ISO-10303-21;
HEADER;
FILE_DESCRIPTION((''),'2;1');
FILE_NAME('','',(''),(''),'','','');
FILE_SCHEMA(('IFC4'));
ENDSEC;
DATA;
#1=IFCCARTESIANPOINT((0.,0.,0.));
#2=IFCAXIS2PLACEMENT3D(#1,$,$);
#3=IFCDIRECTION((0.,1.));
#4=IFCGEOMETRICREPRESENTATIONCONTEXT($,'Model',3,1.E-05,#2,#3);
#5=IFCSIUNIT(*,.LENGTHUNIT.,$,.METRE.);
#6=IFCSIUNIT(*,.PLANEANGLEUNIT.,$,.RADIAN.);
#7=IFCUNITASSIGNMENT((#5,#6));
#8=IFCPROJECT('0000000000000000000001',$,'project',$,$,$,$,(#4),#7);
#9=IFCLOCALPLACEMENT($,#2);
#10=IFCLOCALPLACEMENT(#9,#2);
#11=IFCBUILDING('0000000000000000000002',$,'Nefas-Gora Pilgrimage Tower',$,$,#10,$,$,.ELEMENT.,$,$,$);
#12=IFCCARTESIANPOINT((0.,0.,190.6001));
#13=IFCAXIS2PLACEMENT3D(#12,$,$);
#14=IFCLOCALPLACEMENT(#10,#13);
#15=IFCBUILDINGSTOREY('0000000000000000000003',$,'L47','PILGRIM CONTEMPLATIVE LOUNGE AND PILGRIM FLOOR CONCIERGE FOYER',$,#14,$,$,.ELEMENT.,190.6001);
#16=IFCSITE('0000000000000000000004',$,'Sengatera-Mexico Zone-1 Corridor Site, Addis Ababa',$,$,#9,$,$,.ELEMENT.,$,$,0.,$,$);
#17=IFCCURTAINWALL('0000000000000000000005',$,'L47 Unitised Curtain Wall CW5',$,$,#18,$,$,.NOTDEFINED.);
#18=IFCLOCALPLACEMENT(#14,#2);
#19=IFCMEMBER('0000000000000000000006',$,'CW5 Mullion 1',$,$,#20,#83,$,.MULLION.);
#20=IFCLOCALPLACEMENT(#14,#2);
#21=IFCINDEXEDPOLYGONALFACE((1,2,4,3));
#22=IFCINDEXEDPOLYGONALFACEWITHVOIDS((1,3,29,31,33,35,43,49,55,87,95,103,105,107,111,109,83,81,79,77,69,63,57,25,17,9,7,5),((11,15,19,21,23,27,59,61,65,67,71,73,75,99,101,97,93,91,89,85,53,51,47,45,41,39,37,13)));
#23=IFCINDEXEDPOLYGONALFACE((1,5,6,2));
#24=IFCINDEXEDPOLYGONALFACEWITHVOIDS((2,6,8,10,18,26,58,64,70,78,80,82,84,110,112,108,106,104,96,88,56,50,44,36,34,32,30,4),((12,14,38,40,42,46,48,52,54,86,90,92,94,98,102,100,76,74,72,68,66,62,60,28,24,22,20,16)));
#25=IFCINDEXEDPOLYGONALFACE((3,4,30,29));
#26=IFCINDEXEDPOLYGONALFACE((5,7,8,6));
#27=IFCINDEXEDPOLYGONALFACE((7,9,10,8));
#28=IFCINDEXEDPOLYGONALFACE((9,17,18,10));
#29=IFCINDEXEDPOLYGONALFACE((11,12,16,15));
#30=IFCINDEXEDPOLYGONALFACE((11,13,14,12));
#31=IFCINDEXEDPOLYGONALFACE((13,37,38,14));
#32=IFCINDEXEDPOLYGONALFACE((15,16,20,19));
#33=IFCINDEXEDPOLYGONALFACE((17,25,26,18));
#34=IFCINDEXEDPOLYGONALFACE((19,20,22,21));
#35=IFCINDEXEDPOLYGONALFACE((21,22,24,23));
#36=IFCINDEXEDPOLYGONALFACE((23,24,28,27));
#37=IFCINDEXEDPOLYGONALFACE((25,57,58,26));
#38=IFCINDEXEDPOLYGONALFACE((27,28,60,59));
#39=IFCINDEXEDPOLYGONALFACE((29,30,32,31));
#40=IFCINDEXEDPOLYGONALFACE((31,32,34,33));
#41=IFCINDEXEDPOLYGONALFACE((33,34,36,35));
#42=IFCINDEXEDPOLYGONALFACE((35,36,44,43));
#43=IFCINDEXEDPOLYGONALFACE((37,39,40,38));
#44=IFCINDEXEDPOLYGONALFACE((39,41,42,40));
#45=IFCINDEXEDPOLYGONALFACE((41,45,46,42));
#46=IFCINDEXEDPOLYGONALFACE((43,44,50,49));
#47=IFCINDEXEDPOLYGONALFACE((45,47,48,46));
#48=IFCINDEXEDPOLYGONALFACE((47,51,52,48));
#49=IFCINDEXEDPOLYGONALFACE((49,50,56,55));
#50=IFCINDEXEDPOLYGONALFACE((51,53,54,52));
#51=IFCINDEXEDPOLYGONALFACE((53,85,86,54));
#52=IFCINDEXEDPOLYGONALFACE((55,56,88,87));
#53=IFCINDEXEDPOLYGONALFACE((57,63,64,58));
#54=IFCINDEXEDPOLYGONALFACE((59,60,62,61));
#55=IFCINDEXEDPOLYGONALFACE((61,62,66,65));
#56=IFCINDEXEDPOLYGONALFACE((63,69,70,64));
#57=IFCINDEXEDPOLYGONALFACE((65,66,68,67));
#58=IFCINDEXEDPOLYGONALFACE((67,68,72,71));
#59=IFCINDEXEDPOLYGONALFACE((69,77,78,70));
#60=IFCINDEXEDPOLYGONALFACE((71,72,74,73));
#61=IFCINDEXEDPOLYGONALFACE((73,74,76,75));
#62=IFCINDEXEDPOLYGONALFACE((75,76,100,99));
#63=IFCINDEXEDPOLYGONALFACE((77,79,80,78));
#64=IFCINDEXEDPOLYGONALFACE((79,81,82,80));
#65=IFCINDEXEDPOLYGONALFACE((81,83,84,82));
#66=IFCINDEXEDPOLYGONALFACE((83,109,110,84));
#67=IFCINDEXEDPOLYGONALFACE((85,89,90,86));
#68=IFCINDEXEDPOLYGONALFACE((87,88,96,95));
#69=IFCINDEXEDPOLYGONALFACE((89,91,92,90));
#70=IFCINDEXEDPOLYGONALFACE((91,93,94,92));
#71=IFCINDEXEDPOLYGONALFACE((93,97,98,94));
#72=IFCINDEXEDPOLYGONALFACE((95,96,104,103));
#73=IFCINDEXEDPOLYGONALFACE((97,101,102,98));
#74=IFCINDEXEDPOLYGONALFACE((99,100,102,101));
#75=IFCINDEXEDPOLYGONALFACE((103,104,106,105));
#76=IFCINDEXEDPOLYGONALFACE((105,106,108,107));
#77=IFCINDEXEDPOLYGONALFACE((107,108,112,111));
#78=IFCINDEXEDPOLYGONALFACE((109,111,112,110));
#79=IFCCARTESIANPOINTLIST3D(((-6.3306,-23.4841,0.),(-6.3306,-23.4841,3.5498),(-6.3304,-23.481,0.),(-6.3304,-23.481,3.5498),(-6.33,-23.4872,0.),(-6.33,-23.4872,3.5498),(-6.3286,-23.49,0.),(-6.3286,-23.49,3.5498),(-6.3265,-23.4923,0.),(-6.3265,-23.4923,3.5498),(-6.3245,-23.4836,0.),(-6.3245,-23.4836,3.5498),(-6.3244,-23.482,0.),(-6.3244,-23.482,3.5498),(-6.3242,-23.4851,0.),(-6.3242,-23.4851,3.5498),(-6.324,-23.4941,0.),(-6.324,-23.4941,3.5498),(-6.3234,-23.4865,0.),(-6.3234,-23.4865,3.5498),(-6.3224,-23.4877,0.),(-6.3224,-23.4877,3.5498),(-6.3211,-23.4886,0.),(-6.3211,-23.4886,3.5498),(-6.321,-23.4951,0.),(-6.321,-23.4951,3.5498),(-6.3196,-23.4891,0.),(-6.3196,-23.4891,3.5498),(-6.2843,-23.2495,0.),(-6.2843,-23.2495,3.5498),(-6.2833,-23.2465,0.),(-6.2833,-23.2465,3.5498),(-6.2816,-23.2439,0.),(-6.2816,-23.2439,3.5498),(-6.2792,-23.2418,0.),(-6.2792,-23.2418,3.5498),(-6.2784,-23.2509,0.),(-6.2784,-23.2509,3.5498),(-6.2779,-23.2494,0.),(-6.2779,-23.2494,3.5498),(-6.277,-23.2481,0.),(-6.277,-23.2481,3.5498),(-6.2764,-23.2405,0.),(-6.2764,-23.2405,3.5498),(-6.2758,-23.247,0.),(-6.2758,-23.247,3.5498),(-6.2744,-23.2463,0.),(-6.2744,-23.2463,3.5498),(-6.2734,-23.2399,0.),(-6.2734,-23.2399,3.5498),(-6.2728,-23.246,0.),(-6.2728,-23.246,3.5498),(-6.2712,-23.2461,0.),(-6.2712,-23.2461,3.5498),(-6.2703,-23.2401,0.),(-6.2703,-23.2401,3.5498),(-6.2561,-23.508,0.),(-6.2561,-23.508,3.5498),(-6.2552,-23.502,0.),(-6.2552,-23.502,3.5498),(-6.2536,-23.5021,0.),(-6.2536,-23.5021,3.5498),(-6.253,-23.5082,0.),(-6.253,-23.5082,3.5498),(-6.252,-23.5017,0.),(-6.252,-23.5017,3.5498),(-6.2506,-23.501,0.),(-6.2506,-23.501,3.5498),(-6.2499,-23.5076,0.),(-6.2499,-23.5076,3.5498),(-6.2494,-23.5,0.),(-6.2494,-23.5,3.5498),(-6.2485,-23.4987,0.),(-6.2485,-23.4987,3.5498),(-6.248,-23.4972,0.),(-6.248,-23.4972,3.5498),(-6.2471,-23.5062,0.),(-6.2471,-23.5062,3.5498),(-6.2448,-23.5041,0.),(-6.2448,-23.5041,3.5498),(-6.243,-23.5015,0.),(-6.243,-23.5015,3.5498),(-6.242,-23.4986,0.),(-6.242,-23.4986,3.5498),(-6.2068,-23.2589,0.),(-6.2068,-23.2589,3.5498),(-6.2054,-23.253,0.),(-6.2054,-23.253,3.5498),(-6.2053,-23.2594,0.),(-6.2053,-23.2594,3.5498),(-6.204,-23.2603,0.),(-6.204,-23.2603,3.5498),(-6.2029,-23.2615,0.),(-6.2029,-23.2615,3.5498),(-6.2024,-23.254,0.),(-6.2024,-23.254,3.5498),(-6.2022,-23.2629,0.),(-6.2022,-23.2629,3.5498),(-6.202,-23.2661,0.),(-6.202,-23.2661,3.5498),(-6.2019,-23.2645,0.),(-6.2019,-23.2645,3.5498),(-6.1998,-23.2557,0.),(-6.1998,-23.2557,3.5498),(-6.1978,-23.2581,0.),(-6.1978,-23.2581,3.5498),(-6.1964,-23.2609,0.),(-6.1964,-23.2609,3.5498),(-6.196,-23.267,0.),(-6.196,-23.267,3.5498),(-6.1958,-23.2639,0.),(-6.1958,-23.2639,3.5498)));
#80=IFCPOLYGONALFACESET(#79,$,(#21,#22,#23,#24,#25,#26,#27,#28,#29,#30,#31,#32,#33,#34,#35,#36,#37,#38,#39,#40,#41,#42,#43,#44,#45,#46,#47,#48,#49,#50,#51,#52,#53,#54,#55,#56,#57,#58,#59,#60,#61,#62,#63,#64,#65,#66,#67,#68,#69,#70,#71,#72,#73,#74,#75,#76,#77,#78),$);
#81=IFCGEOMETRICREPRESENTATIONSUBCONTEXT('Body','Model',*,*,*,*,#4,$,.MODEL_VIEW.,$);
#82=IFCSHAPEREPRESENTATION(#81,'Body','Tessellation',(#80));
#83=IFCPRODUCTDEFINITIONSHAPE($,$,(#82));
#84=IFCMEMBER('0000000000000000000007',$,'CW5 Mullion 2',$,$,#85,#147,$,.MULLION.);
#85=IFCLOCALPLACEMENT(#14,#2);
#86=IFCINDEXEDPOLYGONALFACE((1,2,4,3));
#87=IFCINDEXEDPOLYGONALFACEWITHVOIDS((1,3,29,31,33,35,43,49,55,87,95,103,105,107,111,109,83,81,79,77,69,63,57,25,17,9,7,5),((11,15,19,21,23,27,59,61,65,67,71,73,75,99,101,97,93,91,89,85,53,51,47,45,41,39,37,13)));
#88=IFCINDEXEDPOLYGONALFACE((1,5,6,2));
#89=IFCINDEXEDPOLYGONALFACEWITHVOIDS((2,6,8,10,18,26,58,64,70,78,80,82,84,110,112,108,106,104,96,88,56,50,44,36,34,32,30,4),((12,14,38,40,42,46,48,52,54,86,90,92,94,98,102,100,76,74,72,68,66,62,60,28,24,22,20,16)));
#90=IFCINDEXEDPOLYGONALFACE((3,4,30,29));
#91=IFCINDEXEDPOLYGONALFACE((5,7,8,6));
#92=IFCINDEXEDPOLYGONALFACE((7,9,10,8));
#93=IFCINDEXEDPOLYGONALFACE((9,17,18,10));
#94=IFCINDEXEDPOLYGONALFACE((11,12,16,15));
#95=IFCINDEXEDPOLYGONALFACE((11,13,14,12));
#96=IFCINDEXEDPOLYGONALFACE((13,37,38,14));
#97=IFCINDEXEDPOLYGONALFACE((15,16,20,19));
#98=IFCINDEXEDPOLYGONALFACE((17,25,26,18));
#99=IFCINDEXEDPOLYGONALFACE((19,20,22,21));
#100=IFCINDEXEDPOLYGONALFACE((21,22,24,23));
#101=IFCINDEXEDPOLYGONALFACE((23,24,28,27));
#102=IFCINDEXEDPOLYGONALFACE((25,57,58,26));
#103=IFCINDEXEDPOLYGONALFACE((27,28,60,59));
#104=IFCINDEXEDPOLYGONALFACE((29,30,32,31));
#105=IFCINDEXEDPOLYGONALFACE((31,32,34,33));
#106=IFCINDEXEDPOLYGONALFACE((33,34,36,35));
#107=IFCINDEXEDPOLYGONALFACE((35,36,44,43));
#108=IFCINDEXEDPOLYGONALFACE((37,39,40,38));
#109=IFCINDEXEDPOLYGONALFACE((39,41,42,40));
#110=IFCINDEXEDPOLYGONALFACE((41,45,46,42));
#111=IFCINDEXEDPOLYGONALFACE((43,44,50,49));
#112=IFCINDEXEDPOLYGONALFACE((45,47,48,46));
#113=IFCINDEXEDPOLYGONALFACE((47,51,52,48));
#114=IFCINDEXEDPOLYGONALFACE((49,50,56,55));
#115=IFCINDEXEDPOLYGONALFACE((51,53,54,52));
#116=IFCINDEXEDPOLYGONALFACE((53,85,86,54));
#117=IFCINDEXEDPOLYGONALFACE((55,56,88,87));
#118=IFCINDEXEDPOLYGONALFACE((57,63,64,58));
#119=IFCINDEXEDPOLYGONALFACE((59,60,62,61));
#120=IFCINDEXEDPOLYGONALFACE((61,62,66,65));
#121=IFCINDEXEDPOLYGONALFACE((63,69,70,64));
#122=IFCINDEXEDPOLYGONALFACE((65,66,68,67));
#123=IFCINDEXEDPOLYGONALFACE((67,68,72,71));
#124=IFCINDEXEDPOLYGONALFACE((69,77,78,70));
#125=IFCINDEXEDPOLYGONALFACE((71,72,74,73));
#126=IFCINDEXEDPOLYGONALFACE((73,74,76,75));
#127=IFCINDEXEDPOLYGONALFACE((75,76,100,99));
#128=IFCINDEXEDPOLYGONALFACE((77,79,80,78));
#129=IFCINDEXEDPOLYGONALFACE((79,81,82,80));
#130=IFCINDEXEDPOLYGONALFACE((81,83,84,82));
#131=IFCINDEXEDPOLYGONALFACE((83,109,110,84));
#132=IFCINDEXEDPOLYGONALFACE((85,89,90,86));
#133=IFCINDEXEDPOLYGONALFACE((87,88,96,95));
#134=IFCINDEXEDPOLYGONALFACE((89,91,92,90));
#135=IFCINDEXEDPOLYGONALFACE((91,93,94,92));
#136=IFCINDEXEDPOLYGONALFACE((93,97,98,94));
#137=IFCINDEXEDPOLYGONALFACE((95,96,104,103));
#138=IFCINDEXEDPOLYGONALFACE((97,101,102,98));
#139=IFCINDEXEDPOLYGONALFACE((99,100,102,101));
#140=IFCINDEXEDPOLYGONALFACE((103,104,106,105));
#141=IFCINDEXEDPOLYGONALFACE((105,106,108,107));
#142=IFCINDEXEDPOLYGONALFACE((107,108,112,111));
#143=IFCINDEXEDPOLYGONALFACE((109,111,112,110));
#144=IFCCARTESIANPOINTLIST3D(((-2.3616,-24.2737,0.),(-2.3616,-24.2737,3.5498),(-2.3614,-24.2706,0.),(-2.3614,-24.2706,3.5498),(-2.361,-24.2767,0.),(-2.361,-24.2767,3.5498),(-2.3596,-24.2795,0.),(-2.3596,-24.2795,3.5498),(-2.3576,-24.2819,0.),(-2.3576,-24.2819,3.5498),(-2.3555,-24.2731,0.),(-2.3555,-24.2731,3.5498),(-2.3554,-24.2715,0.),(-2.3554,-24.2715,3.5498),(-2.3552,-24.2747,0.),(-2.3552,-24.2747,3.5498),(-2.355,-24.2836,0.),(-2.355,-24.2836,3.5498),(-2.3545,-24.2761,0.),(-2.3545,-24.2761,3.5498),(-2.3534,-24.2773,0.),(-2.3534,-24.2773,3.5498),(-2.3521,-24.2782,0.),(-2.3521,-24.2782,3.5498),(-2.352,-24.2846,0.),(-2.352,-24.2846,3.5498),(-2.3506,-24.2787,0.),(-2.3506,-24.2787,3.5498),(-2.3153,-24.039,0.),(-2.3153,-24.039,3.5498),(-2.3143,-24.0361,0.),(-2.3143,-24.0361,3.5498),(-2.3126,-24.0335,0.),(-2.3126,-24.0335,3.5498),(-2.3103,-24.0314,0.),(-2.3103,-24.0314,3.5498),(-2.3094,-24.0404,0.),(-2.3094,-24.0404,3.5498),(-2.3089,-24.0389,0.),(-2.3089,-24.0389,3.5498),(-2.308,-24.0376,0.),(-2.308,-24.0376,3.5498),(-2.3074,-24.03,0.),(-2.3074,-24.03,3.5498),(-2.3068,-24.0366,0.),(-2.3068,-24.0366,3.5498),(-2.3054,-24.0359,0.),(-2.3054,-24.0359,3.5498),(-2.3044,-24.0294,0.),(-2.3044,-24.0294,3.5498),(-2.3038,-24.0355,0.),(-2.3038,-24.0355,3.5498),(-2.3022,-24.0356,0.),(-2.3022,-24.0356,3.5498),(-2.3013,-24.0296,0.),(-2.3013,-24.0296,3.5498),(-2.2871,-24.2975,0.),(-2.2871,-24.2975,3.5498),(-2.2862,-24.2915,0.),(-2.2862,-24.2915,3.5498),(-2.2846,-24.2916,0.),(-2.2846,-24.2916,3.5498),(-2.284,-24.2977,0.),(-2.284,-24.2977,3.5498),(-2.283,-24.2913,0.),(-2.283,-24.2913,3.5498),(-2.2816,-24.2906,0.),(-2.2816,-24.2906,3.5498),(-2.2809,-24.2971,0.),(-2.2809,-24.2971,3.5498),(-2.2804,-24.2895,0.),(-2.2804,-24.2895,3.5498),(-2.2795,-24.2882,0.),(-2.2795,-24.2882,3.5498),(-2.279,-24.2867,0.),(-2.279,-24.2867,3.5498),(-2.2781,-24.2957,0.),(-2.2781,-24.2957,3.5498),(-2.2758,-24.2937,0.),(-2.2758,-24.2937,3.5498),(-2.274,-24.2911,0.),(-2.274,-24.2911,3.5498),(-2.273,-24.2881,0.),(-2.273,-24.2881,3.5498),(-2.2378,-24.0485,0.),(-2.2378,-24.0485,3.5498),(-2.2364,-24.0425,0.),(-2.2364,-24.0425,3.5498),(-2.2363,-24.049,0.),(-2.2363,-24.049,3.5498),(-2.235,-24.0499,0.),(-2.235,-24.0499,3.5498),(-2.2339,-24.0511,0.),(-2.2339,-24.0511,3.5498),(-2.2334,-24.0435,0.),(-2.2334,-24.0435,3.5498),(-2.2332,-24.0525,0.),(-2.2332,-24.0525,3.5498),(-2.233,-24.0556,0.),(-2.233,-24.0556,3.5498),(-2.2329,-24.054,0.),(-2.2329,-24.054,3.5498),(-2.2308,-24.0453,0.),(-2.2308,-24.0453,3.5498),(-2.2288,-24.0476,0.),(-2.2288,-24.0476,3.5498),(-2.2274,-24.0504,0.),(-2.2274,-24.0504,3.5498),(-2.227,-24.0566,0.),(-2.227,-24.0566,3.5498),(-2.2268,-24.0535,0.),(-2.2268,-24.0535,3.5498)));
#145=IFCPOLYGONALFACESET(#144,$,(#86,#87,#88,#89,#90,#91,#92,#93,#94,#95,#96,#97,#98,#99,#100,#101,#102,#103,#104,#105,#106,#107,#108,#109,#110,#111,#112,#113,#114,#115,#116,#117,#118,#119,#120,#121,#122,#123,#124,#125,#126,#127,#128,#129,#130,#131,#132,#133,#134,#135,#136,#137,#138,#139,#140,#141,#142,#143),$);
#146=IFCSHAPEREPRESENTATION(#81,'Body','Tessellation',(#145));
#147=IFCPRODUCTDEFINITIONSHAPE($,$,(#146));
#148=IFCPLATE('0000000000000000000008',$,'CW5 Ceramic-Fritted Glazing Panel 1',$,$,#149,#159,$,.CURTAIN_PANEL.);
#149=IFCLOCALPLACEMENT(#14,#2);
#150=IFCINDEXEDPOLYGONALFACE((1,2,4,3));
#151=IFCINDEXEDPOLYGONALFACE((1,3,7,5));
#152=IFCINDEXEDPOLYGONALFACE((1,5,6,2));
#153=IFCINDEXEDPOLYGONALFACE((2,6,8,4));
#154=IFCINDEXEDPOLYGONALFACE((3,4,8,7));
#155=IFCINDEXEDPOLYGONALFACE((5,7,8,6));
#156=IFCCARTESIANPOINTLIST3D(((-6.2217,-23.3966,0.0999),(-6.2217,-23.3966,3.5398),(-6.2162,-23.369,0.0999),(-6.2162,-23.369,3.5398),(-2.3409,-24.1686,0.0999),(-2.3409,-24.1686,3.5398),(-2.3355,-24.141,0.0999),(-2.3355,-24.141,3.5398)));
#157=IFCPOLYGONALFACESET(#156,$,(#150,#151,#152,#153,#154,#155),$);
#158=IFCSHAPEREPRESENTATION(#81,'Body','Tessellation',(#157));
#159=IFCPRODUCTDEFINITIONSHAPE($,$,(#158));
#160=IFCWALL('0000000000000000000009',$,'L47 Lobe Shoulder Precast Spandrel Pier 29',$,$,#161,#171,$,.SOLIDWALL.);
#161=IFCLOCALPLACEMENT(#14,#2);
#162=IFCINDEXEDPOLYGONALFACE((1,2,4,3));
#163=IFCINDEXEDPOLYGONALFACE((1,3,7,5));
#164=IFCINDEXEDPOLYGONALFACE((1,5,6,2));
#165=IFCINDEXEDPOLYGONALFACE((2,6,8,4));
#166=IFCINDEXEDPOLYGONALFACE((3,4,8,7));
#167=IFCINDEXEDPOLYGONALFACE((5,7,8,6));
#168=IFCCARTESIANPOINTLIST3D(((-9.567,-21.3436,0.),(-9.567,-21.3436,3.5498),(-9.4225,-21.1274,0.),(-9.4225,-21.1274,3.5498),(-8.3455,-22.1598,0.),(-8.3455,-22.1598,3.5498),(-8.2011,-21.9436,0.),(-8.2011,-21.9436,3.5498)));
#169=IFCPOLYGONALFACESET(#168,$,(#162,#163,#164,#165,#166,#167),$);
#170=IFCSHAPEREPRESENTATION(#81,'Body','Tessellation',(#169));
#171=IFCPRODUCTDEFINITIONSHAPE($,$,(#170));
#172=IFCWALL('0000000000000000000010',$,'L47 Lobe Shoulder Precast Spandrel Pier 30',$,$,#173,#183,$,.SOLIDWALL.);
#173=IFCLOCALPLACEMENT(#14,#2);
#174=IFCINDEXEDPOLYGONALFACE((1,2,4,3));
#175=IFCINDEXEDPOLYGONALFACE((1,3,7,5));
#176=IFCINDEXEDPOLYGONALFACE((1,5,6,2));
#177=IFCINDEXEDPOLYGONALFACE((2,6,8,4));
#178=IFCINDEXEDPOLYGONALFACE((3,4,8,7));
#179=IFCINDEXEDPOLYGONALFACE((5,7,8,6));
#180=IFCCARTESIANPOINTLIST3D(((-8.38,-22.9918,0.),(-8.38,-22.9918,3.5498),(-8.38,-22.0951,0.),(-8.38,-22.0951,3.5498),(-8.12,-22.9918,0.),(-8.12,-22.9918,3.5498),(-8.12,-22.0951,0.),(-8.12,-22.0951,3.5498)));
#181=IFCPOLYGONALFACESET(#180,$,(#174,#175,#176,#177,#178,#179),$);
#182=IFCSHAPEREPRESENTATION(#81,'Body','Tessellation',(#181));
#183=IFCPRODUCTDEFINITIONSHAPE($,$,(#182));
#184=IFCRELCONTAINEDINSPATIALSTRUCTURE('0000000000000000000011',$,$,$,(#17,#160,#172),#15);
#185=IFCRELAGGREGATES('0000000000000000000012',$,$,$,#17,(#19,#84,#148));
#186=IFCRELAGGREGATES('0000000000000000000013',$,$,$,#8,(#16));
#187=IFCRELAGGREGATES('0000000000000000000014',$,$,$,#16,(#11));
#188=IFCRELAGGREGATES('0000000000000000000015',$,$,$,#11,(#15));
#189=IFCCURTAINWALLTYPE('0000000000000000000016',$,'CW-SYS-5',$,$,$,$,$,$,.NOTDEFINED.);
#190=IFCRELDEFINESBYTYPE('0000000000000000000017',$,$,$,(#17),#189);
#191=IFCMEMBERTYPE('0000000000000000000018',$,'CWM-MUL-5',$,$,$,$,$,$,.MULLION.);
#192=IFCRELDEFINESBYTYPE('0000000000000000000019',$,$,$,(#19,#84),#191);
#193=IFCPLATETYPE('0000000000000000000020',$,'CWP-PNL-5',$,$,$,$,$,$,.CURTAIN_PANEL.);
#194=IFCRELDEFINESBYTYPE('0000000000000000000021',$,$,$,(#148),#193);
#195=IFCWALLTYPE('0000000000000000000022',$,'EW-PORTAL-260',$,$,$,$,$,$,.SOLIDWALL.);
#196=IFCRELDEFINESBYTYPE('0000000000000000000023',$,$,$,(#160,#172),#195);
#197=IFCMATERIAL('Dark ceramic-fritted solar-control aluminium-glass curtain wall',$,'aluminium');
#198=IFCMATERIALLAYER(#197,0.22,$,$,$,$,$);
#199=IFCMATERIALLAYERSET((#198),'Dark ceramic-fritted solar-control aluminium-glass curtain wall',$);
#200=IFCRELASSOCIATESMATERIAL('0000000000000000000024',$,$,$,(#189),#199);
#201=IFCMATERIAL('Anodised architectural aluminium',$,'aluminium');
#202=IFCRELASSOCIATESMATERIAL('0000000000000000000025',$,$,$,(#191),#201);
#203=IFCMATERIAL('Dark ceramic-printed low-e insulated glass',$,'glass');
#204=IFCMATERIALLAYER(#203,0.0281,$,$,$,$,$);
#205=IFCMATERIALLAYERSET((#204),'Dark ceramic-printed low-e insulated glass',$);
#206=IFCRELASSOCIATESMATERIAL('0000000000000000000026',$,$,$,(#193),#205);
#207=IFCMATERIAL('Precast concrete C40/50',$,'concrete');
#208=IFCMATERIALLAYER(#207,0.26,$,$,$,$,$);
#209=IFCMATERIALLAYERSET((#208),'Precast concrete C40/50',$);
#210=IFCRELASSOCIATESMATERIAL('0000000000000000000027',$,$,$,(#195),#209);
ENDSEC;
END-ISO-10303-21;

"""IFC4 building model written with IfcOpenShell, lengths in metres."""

from ifc_helpers import new_model, si_unit, direction, frame, frame_2d, origin, origin_2d, place, context, subcontext, project, spatial, rectangle, hollow_rectangle, extrude, source, transform, mapped, material, layer, layer_set, material_profile, profile_set, type_object, element, aggregate, save


model = new_model("IFC4")

# Units and contexts
model_context = context("Model", 3, precision=1e-05, world=origin(), true_north=direction((0.0, 1.0)))
body_context = subcontext(model_context, "Body", "Model", "MODEL_VIEW")
ifc_project = project(units=[si_unit("LENGTHUNIT", "METRE"), si_unit("PLANEANGLEUNIT", "RADIAN")], contexts=[model_context])

# Site, building, storey
site_placement = place(None, origin())
site = spatial("IfcSite", under=ifc_project, at=site_placement, Name="Sengatera-Mexico Zone-1 Corridor Site, Addis Ababa", CompositionType="ELEMENT", RefElevation=0.0)
building_placement = place(site_placement, origin())
building = spatial("IfcBuilding", under=site, at=building_placement, Name="Nefas-Gora Pilgrimage Tower", CompositionType="ELEMENT")
storey_placement = place(building_placement, frame((0.0, 0.0, 190.6001)))
storey = spatial("IfcBuildingStorey", under=building, at=storey_placement, Name="L47", Description="PILGRIM CONTEMPLATIVE LOUNGE AND PILGRIM FLOOR CONCIERGE FOYER", CompositionType="ELEMENT", Elevation=190.6001)

# Curtain wall
ifc_material_1 = material(Name="Dark ceramic-fritted solar-control aluminium-glass curtain wall", Category="aluminium")
ifc_layer_1 = layer(ifc_material_1, 0.22)
ifc_layer_set_1 = layer_set([ifc_layer_1], Name="Dark ceramic-fritted solar-control aluminium-glass curtain wall")
curtain_wall_type = type_object("IfcCurtainWallType", Name="CW-SYS-5", PredefinedType="NOTDEFINED", material=ifc_layer_set_1)
curtain_wall_1_placement = place(storey_placement, origin())
curtain_wall_1 = element("IfcCurtainWall", 1, at=curtain_wall_1_placement, inside=storey, type_object=curtain_wall_type, Name="L47 Unitised Curtain Wall CW5", PredefinedType="NOTDEFINED")
ifc_material_2 = material(Name="Anodised architectural aluminium", Category="aluminium")
ifc_material_profile_1 = material_profile(ifc_material_2, hollow_rectangle(XDim=0.0901, YDim=0.26, WallThickness=0.0061, InnerFilletRadius=0.0061, OuterFilletRadius=0.012, at=origin_2d()), Name="ALU MULLION 90x260")
ifc_profile_set_1 = profile_set([ifc_material_profile_1], Name="Anodised architectural aluminium")
member_type_1 = type_object("IfcMemberType", Name="CWM-MUL-5", PredefinedType="MULLION", material=ifc_profile_set_1)
shared_shape_1 = source(origin(), body_context, "Body", "SweptSolid", [
    extrude(hollow_rectangle(XDim=0.0901, YDim=0.26, WallThickness=0.0061, InnerFilletRadius=0.0061, OuterFilletRadius=0.012, at=origin_2d()), origin(), (0.0, 0.0, 1.0), 3.5498),
])

# Members
member_1_placement = place(storey_placement, frame((-6.2632, -23.374, 0.0), z_axis=(0.0, 0.0, 1.0), x_axis=(0.980783, -0.195102, 0.0)))
member_1 = element("IfcMember", 2, at=member_1_placement, type_object=member_type_1, Name="CW5 Mullion 1", PredefinedType="MULLION", context=body_context, shape_type="MappedRepresentation", body=[
    mapped(shared_shape_1, transform((0.0, 0.0, 0.0), x_axis=(1.0, 0.0, 0.0), y_axis=(0.0, 1.0, 0.0), z_axis=(0.0, 0.0, 1.0), scale=1.0)),
])
member_2_placement = place(storey_placement, frame((-2.2942, -24.1636, 0.0), z_axis=(0.0, 0.0, 1.0), x_axis=(0.980783, -0.195102, 0.0)))
member_2 = element("IfcMember", 3, at=member_2_placement, type_object=member_type_1, Name="CW5 Mullion 2", PredefinedType="MULLION", context=body_context, shape_type="MappedRepresentation", body=[
    mapped(shared_shape_1, transform((0.0, 0.0, 0.0), x_axis=(1.0, 0.0, 0.0), y_axis=(0.0, 1.0, 0.0), z_axis=(0.0, 0.0, 1.0), scale=1.0)),
])

# Plate
ifc_material_3 = material(Name="Dark ceramic-printed low-e insulated glass", Category="glass")
ifc_layer_2 = layer(ifc_material_3, 0.0281)
ifc_layer_set_2 = layer_set([ifc_layer_2], Name="Dark ceramic-printed low-e insulated glass")
plate_type = type_object("IfcPlateType", Name="CWP-PNL-5", PredefinedType="CURTAIN_PANEL", material=ifc_layer_set_2)
shared_shape_2 = source(origin(), body_context, "Body", "SweptSolid", [
    extrude(rectangle(XDim=3.9568, YDim=0.0281, at=origin_2d()), origin(), (0.0, 0.0, 1.0), 3.4399),
])
plate_placement = place(storey_placement, frame((-4.2786, -23.7688, 0.0999), z_axis=(0.0, 0.0, 1.0), x_axis=(0.980783, -0.195102, 0.0)))
plate = element("IfcPlate", 4, at=plate_placement, type_object=plate_type, Name="CW5 Ceramic-Fritted Glazing Panel 1", PredefinedType="CURTAIN_PANEL", context=body_context, shape_type="MappedRepresentation", body=[
    mapped(shared_shape_2, transform((0.0, 0.0, 0.0), x_axis=(1.0, 0.0, 0.0), y_axis=(0.0, 1.0, 0.0), z_axis=(0.0, 0.0, 1.0), scale=1.0)),
])
aggregate(curtain_wall_1, [member_1, member_2, plate])

# Walls
ifc_material_4 = material(Name="Precast concrete C40/50", Category="concrete")
ifc_layer_3 = layer(ifc_material_4, 0.26)
ifc_layer_set_3 = layer_set([ifc_layer_3], Name="Precast concrete C40/50")
wall_type_1 = type_object("IfcWallType", Name="EW-PORTAL-260", PredefinedType="SOLIDWALL", material=ifc_layer_set_3)
shared_shape_3 = source(origin(), body_context, "Body", "SweptSolid", [
    extrude(rectangle(XDim=1.469, YDim=0.26, at=frame_2d((0.7344, 0.0))), origin(), (0.0, 0.0, 1.0), 3.5498),
])
wall_1_placement = place(storey_placement, frame((-9.4946, -21.2356, 0.0), z_axis=(0.0, 0.0, 1.0), x_axis=(0.831462, -0.555582, 0.0)))
element("IfcWall", 5, at=wall_1_placement, inside=storey, type_object=wall_type_1, Name="L47 Lobe Shoulder Precast Spandrel Pier 29", PredefinedType="SOLIDWALL", context=body_context, shape_type="MappedRepresentation", body=[
    mapped(shared_shape_3, transform((0.0, 0.0, 0.0), x_axis=(1.0, 0.0, 0.0), y_axis=(0.0, 1.0, 0.0), z_axis=(0.0, 0.0, 1.0), scale=1.0)),
])
shared_shape_4 = source(origin(), body_context, "Body", "SweptSolid", [
    extrude(rectangle(XDim=0.8967, YDim=0.26, at=frame_2d((0.4482, 0.0))), origin(), (0.0, 0.0, 1.0), 3.5498),
])
wall_2_placement = place(storey_placement, frame((-8.25, -22.0952, 0.0), z_axis=(0.0, 0.0, 1.0), x_axis=(0.0, -1.0, 0.0)))
element("IfcWall", 6, at=wall_2_placement, inside=storey, type_object=wall_type_1, Name="L47 Lobe Shoulder Precast Spandrel Pier 30", PredefinedType="SOLIDWALL", context=body_context, shape_type="MappedRepresentation", body=[
    mapped(shared_shape_4, transform((0.0, 0.0, 0.0), x_axis=(1.0, 0.0, 0.0), y_axis=(0.0, 1.0, 0.0), z_axis=(0.0, 0.0, 1.0), scale=1.0)),
])

save(model, "model.ifc")
